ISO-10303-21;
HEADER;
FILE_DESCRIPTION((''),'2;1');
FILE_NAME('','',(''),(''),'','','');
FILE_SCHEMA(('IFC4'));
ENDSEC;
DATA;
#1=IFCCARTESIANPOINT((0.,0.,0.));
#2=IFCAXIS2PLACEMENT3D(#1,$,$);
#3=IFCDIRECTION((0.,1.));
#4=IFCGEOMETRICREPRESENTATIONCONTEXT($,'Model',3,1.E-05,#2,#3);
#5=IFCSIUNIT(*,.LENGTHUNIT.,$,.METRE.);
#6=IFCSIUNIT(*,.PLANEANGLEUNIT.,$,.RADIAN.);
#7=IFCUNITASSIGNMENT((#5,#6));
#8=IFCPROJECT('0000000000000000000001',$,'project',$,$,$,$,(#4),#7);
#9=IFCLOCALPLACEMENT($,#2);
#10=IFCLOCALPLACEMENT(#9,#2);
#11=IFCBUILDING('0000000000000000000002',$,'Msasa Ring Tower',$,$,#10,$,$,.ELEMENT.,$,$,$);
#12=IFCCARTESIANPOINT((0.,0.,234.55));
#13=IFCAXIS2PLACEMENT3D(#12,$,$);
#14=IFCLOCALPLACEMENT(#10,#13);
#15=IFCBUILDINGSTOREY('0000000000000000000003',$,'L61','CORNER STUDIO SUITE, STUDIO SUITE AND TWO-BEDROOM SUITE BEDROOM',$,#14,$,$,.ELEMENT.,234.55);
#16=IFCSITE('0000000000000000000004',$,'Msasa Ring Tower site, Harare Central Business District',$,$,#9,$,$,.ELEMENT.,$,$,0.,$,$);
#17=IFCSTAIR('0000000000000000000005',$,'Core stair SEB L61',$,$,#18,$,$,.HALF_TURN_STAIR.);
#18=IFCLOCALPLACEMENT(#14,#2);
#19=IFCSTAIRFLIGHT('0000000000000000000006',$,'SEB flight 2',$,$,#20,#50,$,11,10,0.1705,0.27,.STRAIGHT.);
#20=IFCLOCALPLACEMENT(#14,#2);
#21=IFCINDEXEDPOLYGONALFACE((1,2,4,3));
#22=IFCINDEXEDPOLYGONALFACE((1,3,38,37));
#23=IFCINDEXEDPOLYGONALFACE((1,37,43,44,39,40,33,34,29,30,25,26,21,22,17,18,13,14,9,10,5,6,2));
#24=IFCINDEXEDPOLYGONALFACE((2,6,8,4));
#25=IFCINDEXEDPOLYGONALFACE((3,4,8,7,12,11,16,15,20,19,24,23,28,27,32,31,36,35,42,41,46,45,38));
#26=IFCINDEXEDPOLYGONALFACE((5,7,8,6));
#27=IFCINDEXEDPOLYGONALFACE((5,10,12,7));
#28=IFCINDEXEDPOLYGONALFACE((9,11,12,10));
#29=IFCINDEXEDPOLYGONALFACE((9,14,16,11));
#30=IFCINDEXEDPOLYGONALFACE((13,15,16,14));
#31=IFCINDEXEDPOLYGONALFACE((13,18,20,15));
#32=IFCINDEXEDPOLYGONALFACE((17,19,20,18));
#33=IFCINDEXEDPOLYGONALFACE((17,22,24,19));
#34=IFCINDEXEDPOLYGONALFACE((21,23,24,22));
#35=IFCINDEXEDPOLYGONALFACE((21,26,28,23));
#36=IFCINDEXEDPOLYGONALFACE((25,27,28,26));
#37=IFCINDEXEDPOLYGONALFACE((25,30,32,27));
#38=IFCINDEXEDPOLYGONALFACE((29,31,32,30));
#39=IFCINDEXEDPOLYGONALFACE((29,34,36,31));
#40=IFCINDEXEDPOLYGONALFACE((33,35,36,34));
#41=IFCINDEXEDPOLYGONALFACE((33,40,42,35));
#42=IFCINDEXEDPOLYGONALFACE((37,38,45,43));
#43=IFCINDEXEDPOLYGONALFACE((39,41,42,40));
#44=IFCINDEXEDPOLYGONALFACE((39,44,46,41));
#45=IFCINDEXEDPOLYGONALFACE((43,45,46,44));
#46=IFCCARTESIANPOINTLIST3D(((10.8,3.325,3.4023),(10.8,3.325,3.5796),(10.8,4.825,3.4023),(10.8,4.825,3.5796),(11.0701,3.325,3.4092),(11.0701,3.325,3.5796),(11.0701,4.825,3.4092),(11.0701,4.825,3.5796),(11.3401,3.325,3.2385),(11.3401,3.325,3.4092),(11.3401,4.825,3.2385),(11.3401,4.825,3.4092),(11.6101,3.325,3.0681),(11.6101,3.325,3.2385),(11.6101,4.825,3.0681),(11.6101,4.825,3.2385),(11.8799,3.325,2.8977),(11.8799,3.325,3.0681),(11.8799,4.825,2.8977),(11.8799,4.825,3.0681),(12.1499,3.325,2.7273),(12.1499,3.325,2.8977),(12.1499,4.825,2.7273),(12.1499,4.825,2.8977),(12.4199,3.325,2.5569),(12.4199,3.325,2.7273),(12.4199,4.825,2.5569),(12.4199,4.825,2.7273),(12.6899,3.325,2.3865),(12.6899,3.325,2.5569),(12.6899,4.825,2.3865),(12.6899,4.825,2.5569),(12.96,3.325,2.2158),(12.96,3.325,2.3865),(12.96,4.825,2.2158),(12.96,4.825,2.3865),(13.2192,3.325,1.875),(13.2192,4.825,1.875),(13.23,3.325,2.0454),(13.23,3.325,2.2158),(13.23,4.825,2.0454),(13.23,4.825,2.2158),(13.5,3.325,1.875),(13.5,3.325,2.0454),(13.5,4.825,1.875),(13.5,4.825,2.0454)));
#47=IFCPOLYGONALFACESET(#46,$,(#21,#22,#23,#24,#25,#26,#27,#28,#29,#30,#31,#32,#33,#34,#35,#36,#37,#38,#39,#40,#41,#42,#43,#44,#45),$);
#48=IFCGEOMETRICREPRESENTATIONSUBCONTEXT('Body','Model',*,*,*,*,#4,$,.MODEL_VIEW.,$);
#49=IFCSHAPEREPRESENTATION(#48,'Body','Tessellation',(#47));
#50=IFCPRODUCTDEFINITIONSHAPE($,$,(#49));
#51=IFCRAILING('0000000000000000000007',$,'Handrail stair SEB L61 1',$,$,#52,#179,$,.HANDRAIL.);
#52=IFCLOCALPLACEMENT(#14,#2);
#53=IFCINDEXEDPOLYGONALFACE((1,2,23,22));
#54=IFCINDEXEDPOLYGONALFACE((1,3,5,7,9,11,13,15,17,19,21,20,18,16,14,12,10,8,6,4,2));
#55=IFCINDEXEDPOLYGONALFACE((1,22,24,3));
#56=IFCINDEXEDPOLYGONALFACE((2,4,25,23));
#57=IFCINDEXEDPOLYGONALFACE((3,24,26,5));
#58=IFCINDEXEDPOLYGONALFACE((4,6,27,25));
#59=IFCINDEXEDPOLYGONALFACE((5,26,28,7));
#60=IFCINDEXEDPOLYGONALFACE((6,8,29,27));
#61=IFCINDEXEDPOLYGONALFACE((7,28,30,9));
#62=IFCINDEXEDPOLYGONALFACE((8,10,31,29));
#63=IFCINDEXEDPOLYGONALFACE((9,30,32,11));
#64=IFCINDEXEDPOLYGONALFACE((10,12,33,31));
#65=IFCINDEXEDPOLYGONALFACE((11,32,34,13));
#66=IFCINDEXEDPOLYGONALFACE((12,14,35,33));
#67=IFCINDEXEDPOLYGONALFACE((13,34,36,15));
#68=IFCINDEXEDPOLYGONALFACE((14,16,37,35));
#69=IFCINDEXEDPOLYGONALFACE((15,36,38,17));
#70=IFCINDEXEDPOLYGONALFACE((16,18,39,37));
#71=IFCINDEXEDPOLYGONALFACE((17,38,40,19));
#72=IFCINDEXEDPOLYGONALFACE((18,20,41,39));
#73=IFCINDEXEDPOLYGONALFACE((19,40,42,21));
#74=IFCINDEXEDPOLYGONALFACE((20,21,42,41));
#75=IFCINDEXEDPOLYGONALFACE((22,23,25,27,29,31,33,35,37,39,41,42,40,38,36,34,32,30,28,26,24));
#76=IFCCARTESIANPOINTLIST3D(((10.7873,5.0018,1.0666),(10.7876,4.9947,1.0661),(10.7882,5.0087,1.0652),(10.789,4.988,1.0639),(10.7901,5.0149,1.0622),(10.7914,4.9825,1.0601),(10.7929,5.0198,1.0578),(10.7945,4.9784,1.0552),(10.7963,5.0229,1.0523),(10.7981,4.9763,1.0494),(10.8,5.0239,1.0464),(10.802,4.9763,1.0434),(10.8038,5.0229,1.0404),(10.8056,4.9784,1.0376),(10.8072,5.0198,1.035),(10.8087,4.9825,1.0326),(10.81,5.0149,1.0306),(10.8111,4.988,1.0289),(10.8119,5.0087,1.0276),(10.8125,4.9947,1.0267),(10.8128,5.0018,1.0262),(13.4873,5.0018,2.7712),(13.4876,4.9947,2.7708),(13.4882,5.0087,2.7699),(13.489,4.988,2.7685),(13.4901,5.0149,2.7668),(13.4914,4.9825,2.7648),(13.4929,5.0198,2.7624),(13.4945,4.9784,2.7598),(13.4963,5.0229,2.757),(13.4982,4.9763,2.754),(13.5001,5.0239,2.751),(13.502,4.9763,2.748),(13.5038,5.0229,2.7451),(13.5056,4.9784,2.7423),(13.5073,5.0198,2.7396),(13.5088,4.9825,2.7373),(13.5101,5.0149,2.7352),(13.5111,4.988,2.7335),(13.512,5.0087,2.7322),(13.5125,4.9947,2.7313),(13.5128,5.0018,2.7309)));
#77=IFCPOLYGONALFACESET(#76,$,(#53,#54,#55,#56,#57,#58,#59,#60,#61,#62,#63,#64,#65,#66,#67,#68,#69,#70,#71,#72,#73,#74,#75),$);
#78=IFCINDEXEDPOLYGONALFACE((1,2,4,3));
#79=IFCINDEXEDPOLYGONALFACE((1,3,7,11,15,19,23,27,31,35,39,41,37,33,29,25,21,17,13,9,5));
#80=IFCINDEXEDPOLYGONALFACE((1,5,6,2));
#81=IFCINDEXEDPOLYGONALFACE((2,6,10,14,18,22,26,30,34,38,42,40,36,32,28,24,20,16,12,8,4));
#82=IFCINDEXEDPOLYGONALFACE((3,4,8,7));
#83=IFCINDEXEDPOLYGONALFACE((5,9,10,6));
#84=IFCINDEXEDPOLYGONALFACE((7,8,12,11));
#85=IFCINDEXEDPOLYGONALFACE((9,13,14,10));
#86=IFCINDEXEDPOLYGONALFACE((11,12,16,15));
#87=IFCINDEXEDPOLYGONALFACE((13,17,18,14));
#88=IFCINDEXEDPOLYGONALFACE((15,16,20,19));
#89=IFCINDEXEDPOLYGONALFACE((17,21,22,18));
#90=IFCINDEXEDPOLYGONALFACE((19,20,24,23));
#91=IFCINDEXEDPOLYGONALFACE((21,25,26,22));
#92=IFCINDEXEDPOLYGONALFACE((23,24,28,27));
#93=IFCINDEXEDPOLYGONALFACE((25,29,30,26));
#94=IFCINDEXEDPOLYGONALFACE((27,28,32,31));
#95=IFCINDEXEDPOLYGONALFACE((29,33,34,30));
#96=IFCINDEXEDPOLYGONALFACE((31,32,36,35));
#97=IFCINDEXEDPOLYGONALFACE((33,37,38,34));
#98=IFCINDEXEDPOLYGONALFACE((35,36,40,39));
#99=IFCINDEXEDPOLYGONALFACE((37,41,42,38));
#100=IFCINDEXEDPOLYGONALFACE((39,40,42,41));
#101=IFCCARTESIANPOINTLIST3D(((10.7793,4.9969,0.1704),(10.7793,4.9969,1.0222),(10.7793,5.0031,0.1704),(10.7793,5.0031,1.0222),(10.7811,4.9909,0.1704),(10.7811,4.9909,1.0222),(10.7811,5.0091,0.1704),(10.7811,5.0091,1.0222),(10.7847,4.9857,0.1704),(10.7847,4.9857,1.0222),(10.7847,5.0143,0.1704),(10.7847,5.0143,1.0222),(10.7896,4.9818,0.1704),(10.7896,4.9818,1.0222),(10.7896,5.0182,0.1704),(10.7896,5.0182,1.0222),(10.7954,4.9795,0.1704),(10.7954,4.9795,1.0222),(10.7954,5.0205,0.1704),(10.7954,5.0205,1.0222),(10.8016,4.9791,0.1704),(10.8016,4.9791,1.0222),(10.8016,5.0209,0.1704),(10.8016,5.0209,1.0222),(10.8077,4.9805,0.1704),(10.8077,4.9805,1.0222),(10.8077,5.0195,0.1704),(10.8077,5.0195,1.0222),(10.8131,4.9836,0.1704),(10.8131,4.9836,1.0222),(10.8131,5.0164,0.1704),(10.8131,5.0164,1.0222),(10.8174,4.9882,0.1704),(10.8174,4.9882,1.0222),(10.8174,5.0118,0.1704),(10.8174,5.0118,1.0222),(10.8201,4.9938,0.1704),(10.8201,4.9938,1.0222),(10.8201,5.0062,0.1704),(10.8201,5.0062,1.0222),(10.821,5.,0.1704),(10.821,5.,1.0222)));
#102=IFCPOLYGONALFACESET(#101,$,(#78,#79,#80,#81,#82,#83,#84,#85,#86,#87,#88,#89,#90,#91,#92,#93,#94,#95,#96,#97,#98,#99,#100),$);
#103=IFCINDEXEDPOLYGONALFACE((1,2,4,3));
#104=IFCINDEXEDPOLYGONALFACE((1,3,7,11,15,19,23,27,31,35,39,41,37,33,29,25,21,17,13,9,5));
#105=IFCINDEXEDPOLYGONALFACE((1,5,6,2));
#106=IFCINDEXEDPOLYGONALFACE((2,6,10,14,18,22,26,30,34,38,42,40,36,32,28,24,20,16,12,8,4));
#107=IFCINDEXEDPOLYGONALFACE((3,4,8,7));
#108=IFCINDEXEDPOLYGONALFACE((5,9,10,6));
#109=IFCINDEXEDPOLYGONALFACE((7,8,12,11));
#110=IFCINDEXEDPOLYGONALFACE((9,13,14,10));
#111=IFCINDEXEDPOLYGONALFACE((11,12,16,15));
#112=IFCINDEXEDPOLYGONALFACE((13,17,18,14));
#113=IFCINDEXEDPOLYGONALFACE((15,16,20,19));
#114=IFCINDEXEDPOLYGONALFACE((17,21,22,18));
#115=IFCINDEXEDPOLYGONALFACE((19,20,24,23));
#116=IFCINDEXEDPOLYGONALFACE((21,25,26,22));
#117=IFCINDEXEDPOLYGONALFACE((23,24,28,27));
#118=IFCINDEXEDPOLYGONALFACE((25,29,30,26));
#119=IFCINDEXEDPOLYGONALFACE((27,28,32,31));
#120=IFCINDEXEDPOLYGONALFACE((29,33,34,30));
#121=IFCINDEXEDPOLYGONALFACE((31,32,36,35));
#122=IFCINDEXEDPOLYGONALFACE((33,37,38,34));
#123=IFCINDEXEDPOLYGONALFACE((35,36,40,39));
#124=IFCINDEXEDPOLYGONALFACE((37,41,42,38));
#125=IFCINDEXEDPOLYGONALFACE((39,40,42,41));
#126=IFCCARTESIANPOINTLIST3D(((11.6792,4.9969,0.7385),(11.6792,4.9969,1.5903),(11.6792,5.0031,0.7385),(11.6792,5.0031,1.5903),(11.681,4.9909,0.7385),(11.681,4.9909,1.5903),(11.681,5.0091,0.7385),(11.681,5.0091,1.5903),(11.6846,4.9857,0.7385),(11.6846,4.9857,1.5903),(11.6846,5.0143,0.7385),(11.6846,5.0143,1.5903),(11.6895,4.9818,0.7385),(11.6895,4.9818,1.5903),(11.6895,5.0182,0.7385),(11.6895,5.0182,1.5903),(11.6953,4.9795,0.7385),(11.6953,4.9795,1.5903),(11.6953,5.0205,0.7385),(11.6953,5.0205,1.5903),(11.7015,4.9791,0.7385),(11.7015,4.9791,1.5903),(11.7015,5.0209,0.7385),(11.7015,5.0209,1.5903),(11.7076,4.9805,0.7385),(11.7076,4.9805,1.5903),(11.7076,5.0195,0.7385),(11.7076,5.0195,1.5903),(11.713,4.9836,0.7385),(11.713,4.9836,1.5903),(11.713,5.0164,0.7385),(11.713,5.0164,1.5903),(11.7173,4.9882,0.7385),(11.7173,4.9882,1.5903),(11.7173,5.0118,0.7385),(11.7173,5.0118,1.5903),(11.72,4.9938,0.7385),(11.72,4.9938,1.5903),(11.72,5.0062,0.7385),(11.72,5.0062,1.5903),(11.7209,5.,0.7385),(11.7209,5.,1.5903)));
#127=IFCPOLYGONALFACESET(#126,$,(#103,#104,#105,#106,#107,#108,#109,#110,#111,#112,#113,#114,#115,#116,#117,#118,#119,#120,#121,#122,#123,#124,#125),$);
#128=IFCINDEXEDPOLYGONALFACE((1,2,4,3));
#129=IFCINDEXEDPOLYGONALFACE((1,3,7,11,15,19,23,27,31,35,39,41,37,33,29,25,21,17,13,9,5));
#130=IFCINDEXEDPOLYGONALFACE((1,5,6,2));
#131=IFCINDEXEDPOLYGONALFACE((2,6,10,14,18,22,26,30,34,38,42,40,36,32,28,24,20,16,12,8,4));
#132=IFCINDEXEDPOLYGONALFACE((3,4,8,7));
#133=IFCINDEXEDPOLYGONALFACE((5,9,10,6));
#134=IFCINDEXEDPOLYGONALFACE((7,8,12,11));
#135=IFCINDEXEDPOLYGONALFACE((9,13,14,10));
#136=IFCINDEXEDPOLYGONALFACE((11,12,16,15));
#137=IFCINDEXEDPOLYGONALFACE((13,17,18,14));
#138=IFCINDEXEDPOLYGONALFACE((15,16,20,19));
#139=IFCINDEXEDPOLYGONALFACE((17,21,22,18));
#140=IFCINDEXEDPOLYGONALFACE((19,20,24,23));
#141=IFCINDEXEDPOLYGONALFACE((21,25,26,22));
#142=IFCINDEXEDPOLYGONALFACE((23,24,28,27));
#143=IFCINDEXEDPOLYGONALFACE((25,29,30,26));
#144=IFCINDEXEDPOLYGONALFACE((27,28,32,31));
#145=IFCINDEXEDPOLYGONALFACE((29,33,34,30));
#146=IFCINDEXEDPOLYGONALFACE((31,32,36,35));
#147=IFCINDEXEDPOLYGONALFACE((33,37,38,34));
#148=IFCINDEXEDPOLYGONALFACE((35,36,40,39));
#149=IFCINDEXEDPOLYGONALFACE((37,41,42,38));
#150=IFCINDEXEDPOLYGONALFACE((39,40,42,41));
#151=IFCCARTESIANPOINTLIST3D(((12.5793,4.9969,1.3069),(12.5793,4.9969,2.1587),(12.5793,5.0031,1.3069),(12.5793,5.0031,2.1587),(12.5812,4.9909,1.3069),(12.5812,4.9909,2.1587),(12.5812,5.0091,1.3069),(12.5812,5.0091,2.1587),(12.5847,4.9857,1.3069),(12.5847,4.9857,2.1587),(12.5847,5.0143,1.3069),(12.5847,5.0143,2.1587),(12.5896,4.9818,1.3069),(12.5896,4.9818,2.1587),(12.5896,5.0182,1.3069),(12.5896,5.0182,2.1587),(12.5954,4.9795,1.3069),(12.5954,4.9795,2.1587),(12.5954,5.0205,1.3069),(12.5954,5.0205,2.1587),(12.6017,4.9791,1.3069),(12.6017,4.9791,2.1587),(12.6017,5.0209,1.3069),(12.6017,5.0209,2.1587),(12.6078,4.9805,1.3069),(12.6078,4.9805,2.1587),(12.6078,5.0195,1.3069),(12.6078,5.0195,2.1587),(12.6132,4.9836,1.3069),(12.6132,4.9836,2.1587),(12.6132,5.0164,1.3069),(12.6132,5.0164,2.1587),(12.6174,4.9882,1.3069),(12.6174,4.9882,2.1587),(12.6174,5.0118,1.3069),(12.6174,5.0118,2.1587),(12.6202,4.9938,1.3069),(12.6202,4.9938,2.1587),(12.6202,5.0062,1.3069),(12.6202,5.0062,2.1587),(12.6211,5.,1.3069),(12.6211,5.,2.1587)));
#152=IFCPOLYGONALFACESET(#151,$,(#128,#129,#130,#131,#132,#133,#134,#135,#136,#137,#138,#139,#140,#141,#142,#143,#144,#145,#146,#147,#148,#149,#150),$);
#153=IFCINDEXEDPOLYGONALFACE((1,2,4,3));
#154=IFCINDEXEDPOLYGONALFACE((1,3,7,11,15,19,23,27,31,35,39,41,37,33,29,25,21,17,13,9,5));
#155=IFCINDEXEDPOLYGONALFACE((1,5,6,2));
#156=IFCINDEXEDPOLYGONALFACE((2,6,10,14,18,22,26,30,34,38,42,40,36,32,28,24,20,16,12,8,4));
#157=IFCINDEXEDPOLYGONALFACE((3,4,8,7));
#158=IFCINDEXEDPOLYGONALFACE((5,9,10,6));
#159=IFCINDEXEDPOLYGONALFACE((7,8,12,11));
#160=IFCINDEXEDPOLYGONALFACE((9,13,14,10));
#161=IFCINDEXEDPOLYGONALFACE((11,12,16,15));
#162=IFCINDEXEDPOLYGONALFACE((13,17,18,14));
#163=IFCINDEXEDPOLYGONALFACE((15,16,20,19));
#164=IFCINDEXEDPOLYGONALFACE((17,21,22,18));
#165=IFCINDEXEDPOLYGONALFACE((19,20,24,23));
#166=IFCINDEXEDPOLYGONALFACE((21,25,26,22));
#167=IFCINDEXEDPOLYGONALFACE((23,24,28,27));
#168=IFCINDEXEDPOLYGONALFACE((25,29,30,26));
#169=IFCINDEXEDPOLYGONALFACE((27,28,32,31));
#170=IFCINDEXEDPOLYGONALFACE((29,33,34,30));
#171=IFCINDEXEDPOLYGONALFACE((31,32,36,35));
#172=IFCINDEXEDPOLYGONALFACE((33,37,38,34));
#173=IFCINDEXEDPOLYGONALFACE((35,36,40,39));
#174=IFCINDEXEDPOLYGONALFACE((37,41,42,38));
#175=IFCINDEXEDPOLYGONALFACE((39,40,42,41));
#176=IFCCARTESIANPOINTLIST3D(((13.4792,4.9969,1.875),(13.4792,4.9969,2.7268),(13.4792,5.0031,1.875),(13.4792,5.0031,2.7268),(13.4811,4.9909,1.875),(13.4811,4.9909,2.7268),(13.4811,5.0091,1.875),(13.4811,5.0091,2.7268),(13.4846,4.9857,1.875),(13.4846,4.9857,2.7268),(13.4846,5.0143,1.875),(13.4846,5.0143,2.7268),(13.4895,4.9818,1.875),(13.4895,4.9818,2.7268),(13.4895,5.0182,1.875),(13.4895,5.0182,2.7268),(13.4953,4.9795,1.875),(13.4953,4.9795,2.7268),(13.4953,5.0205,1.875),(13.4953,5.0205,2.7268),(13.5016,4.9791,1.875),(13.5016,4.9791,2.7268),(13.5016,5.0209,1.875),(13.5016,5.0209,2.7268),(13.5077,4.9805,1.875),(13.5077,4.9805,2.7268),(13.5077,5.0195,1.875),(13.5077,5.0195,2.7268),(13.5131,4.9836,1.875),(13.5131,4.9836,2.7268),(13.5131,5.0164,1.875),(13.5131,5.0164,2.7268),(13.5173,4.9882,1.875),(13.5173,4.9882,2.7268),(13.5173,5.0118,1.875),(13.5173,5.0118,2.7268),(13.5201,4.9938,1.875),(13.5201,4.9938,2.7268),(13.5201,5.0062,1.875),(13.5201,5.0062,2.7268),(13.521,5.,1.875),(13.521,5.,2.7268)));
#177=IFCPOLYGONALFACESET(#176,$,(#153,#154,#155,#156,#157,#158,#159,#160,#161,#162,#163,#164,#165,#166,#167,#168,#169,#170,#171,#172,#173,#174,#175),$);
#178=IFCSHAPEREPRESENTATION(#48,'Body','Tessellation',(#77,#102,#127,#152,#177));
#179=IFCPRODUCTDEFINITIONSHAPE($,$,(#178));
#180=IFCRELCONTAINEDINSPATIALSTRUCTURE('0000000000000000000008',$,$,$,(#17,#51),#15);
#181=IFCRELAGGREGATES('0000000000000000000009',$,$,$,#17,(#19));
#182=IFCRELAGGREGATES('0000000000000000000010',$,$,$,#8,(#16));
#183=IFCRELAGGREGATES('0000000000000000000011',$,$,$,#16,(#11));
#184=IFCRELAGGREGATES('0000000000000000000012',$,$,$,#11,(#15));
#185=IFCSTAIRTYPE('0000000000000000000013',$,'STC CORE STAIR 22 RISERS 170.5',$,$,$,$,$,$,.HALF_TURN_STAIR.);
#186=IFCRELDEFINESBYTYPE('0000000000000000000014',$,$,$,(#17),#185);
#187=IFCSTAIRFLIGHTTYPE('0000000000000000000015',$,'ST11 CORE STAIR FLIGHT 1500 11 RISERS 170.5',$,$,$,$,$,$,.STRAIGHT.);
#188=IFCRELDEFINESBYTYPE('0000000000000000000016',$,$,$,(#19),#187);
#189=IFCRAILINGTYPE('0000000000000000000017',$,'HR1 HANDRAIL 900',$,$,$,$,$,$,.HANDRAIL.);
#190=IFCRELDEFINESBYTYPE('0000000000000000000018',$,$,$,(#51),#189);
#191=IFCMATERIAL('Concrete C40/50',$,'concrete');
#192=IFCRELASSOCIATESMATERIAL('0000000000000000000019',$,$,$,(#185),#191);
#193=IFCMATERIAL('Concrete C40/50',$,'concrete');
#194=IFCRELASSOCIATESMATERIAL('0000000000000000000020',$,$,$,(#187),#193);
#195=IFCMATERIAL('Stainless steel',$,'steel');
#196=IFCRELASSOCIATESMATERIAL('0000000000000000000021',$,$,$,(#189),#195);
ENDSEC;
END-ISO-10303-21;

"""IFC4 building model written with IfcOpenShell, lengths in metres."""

from ifc_helpers import new_model, si_unit, direction, frame, origin, origin_2d, place, context, subcontext, project, spatial, polyline, circle, outline, extrude, material, type_object, element, aggregate, save


model = new_model("IFC4")

# Units and contexts
model_context = context("Model", 3, precision=1e-05, world=origin(), true_north=direction((0.0, 1.0)))
body_context = subcontext(model_context, "Body", "Model", "MODEL_VIEW")
ifc_project = project(units=[si_unit("LENGTHUNIT", "METRE"), si_unit("PLANEANGLEUNIT", "RADIAN")], contexts=[model_context])

# Site, building, storey
site_placement = place(None, origin())
site = spatial("IfcSite", under=ifc_project, at=site_placement, Name="Msasa Ring Tower site, Harare Central Business District", CompositionType="ELEMENT", RefElevation=0.0)
building_placement = place(site_placement, origin())
building = spatial("IfcBuilding", under=site, at=building_placement, Name="Msasa Ring Tower", CompositionType="ELEMENT")
storey_placement = place(building_placement, frame((0.0, 0.0, 234.55)))
storey = spatial("IfcBuildingStorey", under=building, at=storey_placement, Name="L61", Description="CORNER STUDIO SUITE, STUDIO SUITE AND TWO-BEDROOM SUITE BEDROOM", CompositionType="ELEMENT", Elevation=234.55)

# Stair, stair flight
ifc_material_1 = material(Name="Concrete C40/50", Category="concrete")
stair_type = type_object("IfcStairType", Name="STC CORE STAIR 22 RISERS 170.5", PredefinedType="HALF_TURN_STAIR", material=ifc_material_1)
stair_placement = place(storey_placement, origin())
stair = element("IfcStair", 1, at=stair_placement, inside=storey, type_object=stair_type, Name="Core stair SEB L61", PredefinedType="HALF_TURN_STAIR")
ifc_material_2 = material(Name="Concrete C40/50", Category="concrete")
stair_flight_type = type_object("IfcStairFlightType", Name="ST11 CORE STAIR FLIGHT 1500 11 RISERS 170.5", PredefinedType="STRAIGHT", material=ifc_material_2)
stair_flight_1_placement = place(storey_placement, frame((13.5, 4.075, 1.875), z_axis=(0.0, 0.0, 1.0), x_axis=(-1.0, 0.0, 0.0)))
stair_flight_1 = element("IfcStairFlight", 2, at=stair_flight_1_placement, type_object=stair_flight_type, Name="SEB flight 2", NumberOfRisers=11, NumberOfTreads=10, PredefinedType="STRAIGHT", RiserHeight=0.1705, TreadLength=0.27, context=body_context, shape_type="SweptSolid", body=[
    extrude(outline(polyline([(0.0, 0.0), (0.0, 0.1704), (0.27, 0.1704), (0.27, 0.3408), (0.54, 0.3408), (0.54, 0.5115), (0.8101, 0.5115), (0.8101, 0.6819), (1.0801, 0.6819), (1.0801, 0.8523), (1.3501, 0.8523), (1.3501, 1.0227), (1.6201, 1.0227), (1.6201, 1.1931), (1.8899, 1.1931), (1.8899, 1.3635), (2.1599, 1.3635), (2.1599, 1.5342), (2.4299, 1.5342), (2.4299, 1.7046), (2.7, 1.7046), (2.7, 1.875), (2.7, 1.5273), (0.2808, 0.0), (0.0, 0.0)])), frame((0.0, 0.75, 0.0), z_axis=(0.0, -1.0, 0.0), x_axis=(1.0, 0.0, 0.0)), (0.0, 0.0, 1.0), 1.5),
])
aggregate(stair, [stair_flight_1])

# Railing
ifc_material_3 = material(Name="Stainless steel", Category="steel")
railing_type = type_object("IfcRailingType", Name="HR1 HANDRAIL 900", PredefinedType="HANDRAIL", material=ifc_material_3)
for number, where, name in (
    (3, (10.8, 5.0, 0.1704), "Handrail stair SEB L61 1"),
):
    element("IfcRailing", number, at=place(storey_placement, frame(where)), inside=storey, type_object=railing_type, Name=name, PredefinedType="HANDRAIL", context=body_context, shape_type="SweptSolid", body=[
        extrude(circle(Radius=0.0239, at=origin_2d()), frame((0.0, 0.0, 0.876), z_axis=(0.84558, 0.0, 0.533849), x_axis=(0.0, 1.0, 0.0)), (0.0, 0.0, 1.0), 3.1931),
        extrude(circle(Radius=0.021, at=origin_2d()), origin(), (0.0, 0.0, 1.0), 0.8518),
        extrude(circle(Radius=0.021, at=origin_2d()), frame((0.8999, 0.0, 0.5681)), (0.0, 0.0, 1.0), 0.8518),
        extrude(circle(Radius=0.021, at=origin_2d()), frame((1.8, 0.0, 1.1365)), (0.0, 0.0, 1.0), 0.8518),
        extrude(circle(Radius=0.021, at=origin_2d()), frame((2.7, 0.0, 1.7046)), (0.0, 0.0, 1.0), 0.8518),
    ])

save(model, "model.ifc")
